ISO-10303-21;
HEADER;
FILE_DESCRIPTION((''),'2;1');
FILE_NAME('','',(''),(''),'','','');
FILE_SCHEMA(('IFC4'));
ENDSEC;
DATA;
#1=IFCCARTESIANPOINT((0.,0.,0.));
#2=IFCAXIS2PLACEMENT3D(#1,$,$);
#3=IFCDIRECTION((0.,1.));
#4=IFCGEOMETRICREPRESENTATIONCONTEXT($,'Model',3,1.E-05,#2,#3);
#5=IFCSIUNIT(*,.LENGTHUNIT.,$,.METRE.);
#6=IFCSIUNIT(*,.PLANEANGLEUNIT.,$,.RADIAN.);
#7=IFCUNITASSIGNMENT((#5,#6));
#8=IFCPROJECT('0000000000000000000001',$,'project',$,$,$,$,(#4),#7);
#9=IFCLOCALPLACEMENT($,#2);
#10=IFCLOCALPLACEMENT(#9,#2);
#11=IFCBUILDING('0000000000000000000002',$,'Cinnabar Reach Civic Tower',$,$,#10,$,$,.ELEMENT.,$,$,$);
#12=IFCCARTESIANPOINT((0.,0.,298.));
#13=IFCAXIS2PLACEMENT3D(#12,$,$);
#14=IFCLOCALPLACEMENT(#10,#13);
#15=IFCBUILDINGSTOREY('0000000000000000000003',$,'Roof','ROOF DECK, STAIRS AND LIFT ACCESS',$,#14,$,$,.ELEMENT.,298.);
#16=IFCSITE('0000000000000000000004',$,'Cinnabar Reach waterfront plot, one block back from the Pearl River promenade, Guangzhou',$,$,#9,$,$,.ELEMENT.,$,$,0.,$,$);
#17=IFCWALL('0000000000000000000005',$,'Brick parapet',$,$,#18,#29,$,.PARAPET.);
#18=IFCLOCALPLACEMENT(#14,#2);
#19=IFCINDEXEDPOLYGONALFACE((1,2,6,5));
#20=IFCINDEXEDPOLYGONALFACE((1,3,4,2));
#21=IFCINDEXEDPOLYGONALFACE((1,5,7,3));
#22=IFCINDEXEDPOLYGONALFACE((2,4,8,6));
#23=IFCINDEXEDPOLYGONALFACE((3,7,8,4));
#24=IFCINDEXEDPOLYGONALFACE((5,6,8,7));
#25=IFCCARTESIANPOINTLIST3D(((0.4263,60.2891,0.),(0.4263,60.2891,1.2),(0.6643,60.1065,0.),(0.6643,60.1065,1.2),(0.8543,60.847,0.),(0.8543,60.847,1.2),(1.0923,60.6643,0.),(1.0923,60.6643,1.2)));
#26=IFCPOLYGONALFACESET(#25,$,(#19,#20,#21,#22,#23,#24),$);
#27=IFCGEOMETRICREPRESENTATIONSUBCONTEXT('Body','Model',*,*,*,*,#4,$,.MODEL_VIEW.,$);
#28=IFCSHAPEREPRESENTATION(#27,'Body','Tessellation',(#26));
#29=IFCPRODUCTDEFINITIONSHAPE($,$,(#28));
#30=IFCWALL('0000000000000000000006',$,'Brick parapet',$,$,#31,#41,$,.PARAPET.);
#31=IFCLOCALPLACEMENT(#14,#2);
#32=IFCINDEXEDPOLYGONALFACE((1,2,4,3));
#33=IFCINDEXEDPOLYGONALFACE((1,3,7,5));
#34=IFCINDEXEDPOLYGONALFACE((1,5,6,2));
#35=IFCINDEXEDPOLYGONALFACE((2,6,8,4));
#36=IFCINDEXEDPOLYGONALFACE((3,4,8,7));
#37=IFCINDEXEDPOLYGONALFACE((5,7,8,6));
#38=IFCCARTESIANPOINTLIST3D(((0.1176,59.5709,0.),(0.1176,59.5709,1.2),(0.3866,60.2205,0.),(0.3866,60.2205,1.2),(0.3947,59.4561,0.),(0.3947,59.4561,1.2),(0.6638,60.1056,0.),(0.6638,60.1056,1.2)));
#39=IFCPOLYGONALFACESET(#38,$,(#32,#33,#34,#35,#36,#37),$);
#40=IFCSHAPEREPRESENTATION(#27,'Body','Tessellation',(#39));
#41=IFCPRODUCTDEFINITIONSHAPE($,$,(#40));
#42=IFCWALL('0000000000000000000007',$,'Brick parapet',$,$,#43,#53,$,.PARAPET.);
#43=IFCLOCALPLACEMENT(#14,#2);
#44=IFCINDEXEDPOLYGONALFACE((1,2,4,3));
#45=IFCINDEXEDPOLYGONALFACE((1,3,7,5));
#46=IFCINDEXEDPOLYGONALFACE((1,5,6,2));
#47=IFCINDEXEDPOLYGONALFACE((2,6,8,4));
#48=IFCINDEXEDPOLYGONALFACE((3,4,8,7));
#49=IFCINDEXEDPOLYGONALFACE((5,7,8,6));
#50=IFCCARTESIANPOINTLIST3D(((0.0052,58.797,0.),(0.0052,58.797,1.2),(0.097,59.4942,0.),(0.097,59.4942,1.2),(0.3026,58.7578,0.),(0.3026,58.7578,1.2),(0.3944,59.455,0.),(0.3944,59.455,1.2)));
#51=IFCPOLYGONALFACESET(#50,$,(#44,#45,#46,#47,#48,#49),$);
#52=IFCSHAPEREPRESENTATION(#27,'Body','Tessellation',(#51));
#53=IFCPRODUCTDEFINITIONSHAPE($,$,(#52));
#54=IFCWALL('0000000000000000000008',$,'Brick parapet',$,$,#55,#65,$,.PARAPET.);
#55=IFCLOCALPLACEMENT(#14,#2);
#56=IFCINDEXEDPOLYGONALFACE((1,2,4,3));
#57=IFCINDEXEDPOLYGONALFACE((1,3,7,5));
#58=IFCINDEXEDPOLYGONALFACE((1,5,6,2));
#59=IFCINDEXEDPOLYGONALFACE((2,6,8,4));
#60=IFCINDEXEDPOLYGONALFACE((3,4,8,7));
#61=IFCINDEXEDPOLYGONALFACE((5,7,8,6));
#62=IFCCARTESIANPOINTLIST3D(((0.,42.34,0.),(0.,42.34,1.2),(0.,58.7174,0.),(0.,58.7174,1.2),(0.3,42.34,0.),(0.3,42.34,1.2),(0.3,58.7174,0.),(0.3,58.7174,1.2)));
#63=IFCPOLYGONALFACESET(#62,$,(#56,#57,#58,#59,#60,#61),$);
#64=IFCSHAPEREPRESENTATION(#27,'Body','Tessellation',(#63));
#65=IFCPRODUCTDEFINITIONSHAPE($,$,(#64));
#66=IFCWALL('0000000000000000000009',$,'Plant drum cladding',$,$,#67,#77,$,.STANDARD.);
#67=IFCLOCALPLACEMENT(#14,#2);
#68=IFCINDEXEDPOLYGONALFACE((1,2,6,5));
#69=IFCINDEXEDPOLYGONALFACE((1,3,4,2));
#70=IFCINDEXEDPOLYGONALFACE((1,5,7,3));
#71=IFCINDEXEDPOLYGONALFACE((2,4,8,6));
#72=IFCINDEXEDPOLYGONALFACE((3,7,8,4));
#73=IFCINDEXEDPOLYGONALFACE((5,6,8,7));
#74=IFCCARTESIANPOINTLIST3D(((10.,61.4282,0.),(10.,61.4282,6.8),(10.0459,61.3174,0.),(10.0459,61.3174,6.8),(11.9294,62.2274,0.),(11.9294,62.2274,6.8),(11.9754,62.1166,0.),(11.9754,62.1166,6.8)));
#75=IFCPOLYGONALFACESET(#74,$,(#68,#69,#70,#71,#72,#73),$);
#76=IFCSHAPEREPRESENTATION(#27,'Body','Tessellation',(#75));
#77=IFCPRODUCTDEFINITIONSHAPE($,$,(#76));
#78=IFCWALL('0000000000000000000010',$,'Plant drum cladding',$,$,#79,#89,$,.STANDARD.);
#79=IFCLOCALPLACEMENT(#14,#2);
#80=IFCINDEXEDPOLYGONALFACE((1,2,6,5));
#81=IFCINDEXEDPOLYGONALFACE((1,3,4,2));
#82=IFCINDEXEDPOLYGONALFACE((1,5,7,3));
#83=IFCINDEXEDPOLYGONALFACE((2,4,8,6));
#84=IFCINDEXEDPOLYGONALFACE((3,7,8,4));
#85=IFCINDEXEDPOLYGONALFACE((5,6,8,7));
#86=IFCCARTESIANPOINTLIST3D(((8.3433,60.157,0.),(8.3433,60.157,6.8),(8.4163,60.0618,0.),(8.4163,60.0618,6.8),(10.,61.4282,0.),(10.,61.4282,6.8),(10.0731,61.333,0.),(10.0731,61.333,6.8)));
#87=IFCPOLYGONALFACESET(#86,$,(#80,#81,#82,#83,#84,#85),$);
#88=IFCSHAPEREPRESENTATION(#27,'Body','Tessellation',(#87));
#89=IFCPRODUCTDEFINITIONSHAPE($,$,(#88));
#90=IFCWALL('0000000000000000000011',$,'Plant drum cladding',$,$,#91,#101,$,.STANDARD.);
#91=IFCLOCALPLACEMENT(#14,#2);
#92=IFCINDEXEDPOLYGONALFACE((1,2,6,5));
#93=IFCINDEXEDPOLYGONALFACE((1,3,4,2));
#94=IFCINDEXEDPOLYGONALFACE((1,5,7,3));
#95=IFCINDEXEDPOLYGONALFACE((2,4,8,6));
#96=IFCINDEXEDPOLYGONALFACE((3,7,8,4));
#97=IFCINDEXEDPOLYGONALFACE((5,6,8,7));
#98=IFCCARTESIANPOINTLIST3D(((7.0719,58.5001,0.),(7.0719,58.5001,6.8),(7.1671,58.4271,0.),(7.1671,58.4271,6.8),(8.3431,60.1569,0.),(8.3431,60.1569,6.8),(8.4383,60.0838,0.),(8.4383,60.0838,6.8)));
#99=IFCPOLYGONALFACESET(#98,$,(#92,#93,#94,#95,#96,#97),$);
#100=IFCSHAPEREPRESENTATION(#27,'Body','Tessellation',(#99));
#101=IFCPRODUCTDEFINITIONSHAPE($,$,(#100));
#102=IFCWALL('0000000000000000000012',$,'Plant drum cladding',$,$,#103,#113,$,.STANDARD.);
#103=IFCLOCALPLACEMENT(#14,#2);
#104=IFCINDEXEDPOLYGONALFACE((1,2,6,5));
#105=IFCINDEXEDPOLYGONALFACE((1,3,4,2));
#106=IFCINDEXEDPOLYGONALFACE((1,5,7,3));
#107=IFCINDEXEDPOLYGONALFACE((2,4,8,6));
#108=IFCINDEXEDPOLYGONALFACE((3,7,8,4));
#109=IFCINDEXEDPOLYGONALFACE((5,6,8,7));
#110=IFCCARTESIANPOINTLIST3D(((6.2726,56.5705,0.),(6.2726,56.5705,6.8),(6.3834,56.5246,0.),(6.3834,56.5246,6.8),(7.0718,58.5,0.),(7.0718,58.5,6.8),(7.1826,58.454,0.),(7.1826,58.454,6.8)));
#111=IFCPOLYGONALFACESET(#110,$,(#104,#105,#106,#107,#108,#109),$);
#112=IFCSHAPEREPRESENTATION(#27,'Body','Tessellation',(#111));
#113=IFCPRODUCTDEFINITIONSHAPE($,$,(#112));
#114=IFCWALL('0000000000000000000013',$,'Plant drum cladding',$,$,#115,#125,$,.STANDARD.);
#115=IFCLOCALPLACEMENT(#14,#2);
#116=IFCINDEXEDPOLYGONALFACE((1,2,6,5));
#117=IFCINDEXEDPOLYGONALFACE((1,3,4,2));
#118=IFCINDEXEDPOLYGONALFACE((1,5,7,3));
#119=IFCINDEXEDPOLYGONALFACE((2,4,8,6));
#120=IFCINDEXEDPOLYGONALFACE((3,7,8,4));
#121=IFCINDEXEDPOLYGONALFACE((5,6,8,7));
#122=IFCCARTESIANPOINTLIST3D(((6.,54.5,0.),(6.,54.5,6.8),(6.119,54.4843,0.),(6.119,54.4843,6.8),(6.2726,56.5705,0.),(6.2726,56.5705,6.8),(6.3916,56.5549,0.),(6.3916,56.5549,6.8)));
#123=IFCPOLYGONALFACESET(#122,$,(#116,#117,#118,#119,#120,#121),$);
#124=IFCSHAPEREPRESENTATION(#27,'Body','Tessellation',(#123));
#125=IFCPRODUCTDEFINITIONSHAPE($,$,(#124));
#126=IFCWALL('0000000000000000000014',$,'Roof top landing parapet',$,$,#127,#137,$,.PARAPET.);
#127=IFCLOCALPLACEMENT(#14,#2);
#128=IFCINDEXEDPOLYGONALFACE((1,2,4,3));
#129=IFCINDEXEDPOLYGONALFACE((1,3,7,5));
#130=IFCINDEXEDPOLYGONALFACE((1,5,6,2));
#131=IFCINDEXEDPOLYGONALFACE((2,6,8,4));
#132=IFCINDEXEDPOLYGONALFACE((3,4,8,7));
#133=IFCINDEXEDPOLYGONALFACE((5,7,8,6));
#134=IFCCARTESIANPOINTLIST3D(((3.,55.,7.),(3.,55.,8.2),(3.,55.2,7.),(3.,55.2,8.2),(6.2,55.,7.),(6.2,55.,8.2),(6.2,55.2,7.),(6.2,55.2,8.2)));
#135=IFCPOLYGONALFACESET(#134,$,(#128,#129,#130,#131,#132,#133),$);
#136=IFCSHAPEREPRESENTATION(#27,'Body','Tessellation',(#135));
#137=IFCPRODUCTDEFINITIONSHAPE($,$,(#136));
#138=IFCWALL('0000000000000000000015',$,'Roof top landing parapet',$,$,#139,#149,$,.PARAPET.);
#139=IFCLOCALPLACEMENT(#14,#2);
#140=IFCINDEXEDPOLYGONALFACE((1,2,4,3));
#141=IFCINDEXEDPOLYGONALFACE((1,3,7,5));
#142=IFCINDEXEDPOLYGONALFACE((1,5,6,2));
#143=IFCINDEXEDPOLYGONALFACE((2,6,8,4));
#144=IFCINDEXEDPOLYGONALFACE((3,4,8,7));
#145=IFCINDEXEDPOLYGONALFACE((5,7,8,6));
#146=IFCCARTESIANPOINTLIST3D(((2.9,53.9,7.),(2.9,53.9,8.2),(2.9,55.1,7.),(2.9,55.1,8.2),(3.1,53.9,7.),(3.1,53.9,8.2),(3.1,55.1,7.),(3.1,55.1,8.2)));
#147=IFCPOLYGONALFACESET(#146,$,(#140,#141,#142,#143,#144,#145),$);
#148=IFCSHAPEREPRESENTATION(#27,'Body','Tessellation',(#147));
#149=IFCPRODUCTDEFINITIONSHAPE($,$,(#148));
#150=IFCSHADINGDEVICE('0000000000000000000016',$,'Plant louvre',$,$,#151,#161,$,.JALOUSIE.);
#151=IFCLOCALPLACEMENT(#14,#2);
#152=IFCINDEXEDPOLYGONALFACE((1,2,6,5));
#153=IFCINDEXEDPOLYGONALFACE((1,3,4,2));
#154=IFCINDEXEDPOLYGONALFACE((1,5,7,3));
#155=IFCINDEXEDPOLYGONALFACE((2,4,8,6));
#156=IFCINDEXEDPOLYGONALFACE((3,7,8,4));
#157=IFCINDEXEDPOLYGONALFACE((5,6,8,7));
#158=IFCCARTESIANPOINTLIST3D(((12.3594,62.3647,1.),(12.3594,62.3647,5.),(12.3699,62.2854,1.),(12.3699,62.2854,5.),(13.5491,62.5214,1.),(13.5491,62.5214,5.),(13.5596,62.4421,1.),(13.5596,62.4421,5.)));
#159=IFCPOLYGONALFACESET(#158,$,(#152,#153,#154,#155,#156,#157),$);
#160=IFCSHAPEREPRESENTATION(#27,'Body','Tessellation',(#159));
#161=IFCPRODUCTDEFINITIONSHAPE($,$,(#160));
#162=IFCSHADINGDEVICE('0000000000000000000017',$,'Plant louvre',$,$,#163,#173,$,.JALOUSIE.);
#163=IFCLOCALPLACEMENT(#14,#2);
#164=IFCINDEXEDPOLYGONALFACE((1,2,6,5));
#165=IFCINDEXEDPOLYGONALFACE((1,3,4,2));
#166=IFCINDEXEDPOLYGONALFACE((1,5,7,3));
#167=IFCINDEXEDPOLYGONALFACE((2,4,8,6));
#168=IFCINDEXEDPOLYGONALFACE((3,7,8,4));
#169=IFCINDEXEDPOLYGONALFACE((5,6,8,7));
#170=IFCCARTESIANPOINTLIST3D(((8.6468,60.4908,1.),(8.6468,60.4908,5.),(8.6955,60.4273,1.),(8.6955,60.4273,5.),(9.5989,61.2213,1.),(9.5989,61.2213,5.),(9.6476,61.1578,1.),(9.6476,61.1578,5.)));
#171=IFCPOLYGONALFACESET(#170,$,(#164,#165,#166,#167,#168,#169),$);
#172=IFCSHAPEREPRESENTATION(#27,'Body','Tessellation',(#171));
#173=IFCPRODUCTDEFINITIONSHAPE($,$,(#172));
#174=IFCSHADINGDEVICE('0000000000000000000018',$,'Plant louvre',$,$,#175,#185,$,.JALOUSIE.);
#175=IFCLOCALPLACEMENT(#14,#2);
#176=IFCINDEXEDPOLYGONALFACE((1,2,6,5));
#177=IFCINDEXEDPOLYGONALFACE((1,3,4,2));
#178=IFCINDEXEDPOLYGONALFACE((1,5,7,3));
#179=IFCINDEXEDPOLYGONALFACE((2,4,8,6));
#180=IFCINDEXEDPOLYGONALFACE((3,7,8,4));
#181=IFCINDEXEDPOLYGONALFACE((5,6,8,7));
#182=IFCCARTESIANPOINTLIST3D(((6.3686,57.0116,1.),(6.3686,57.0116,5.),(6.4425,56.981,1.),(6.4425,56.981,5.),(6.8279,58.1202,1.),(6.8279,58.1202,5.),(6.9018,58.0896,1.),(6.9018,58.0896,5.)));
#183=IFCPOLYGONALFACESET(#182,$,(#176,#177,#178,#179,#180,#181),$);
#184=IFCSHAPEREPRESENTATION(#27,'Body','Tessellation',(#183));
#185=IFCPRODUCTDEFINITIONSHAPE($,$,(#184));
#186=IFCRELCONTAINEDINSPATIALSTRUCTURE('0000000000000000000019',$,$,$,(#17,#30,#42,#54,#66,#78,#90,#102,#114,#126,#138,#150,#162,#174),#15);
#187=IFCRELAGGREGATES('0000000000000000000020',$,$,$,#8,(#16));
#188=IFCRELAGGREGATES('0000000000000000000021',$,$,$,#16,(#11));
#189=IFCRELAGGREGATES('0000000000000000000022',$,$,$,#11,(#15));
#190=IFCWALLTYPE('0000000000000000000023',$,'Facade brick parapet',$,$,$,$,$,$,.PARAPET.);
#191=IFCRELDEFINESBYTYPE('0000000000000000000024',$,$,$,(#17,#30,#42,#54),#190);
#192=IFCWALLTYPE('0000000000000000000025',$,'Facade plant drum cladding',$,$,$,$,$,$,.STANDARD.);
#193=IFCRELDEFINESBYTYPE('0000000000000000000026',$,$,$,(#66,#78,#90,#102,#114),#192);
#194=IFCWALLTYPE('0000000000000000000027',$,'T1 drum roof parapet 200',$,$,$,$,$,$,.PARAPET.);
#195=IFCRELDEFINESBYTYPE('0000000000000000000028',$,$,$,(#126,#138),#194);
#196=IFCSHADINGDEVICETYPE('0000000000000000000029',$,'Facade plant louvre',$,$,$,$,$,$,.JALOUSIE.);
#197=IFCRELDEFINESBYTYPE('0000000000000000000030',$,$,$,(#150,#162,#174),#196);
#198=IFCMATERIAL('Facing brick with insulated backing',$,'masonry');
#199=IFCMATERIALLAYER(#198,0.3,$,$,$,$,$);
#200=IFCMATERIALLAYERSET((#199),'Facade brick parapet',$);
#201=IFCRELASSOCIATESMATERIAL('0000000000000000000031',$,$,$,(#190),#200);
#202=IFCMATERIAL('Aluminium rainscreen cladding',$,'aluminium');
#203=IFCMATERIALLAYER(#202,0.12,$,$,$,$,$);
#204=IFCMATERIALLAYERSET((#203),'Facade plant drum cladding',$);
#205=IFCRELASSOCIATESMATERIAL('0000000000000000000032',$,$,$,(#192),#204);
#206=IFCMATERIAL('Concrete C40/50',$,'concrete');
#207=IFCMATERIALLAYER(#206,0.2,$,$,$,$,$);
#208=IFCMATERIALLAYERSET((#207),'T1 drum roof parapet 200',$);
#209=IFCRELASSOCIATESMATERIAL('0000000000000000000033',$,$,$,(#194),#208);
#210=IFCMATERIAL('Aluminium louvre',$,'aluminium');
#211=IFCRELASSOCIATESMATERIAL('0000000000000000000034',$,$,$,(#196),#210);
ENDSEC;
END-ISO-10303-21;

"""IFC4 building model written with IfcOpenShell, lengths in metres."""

from ifc_helpers import new_model, si_unit, direction, frame, frame_2d, origin, origin_2d, place, context, subcontext, project, spatial, rectangle, extrude, material, layer, layer_set, type_object, element, save


model = new_model("IFC4")

# Units and contexts
model_context = context("Model", 3, precision=1e-05, world=origin(), true_north=direction((0.0, 1.0)))
body_context = subcontext(model_context, "Body", "Model", "MODEL_VIEW")
ifc_project = project(units=[si_unit("LENGTHUNIT", "METRE"), si_unit("PLANEANGLEUNIT", "RADIAN")], contexts=[model_context])

# Site, building, storey
site_placement = place(None, origin())
site = spatial("IfcSite", under=ifc_project, at=site_placement, Name="Cinnabar Reach waterfront plot, one block back from the Pearl River promenade, Guangzhou", CompositionType="ELEMENT", RefElevation=0.0)
building_placement = place(site_placement, origin())
building = spatial("IfcBuilding", under=site, at=building_placement, Name="Cinnabar Reach Civic Tower", CompositionType="ELEMENT")
storey_placement = place(building_placement, frame((0.0, 0.0, 298.0)))
storey = spatial("IfcBuildingStorey", under=building, at=storey_placement, Name="Roof", Description="ROOF DECK, STAIRS AND LIFT ACCESS", CompositionType="ELEMENT", Elevation=298.0)

# Walls
ifc_material_1 = material(Name="Facing brick with insulated backing", Category="masonry")
ifc_layer_1 = layer(ifc_material_1, 0.3)
ifc_layer_set_1 = layer_set([ifc_layer_1], Name="Facade brick parapet")
wall_type_1 = type_object("IfcWallType", Name="Facade brick parapet", PredefinedType="PARAPET", material=ifc_layer_set_1)
for number, where, z_axis, x_axis, name in (
    (1, (0.9733, 60.7556, 0.0), (0.0, 0.0, 1.0), (-0.608748, -0.793364, 0.0), "Brick parapet"),
    (2, (0.5252, 60.163, 0.0), (0.0, 0.0, 1.0), (-0.382716, -0.923866, 0.0), "Brick parapet"),
):
    element("IfcWall", number, at=place(storey_placement, frame(where, z_axis=z_axis, x_axis=x_axis)), inside=storey, type_object=wall_type_1, Name=name, PredefinedType="PARAPET", context=body_context, shape_type="SweptSolid", body=[
        extrude(rectangle(XDim=0.7031, YDim=0.3, at=frame_2d((0.3515, 0.0))), origin(), (0.0, 0.0, 1.0), 1.2),
    ])
wall_1_placement = place(storey_placement, frame((0.2457, 59.4746, 0.0), z_axis=(0.0, 0.0, 1.0), x_axis=(-0.130543, -0.991443, 0.0)))
element("IfcWall", 3, at=wall_1_placement, inside=storey, type_object=wall_type_1, Name="Brick parapet", PredefinedType="PARAPET", context=body_context, shape_type="SweptSolid", body=[
    extrude(rectangle(XDim=0.7032, YDim=0.3, at=frame_2d((0.3516, 0.0))), origin(), (0.0, 0.0, 1.0), 1.2),
])
wall_2_placement = place(storey_placement, frame((0.15, 58.7174, 0.0), z_axis=(0.0, 0.0, 1.0), x_axis=(0.0, -1.0, 0.0)))
element("IfcWall", 4, at=wall_2_placement, inside=storey, type_object=wall_type_1, Name="Brick parapet", PredefinedType="PARAPET", context=body_context, shape_type="SweptSolid", body=[
    extrude(rectangle(XDim=16.3774, YDim=0.3, at=frame_2d((8.1887, 0.0))), origin(), (0.0, 0.0, 1.0), 1.2),
])
ifc_material_2 = material(Name="Aluminium rainscreen cladding", Category="aluminium")
ifc_layer_2 = layer(ifc_material_2, 0.12)
ifc_layer_set_2 = layer_set([ifc_layer_2], Name="Facade plant drum cladding")
wall_type_2 = type_object("IfcWallType", Name="Facade plant drum cladding", PredefinedType="STANDARD", material=ifc_layer_set_2)
wall_3_placement = place(storey_placement, frame((11.9524, 62.172, 0.0), z_axis=(0.0, 0.0, 1.0), x_axis=(-0.923877, -0.38269, 0.0)))
element("IfcWall", 5, at=wall_3_placement, inside=storey, type_object=wall_type_2, Name="Plant drum cladding", PredefinedType="STANDARD", context=body_context, shape_type="SweptSolid", body=[
    extrude(rectangle(XDim=2.0884, YDim=0.12, at=frame_2d((1.0442, 0.0))), origin(), (0.0, 0.0, 1.0), 6.8),
])
for number, where, z_axis, x_axis, name in (
    (6, (10.0365, 61.3806, 0.0), (0.0, 0.0, 1.0), (-0.793355, -0.608759, 0.0), "Plant drum cladding"),
    (7, (8.3907, 60.1203, 0.0), (0.0, 0.0, 1.0), (-0.608759, -0.793355, 0.0), "Plant drum cladding"),
):
    element("IfcWall", number, at=place(storey_placement, frame(where, z_axis=z_axis, x_axis=x_axis)), inside=storey, type_object=wall_type_2, Name=name, PredefinedType="STANDARD", context=body_context, shape_type="SweptSolid", body=[
        extrude(rectangle(XDim=2.0883, YDim=0.12, at=frame_2d((1.0441, 0.0))), origin(), (0.0, 0.0, 1.0), 6.8),
    ])
for number, where, z_axis, x_axis, name in (
    (8, (7.1272, 58.477, 0.0), (0.0, 0.0, 1.0), (-0.38269, -0.923877, 0.0), "Plant drum cladding"),
    (9, (6.3321, 56.5627, 0.0), (0.0, 0.0, 1.0), (-0.130533, -0.991444, 0.0), "Plant drum cladding"),
):
    element("IfcWall", number, at=place(storey_placement, frame(where, z_axis=z_axis, x_axis=x_axis)), inside=storey, type_object=wall_type_2, Name=name, PredefinedType="STANDARD", context=body_context, shape_type="SweptSolid", body=[
        extrude(rectangle(XDim=2.0884, YDim=0.12, at=frame_2d((1.0442, 0.0))), origin(), (0.0, 0.0, 1.0), 6.8),
    ])
ifc_material_3 = material(Name="Concrete C40/50", Category="concrete")
ifc_layer_3 = layer(ifc_material_3, 0.2)
ifc_layer_set_3 = layer_set([ifc_layer_3], Name="T1 drum roof parapet 200")
wall_type_3 = type_object("IfcWallType", Name="T1 drum roof parapet 200", PredefinedType="PARAPET", material=ifc_layer_set_3)
wall_4_placement = place(storey_placement, frame((6.2, 55.1, 7.0), z_axis=(0.0, 0.0, 1.0), x_axis=(-1.0, 0.0, 0.0)))
element("IfcWall", 10, at=wall_4_placement, inside=storey, type_object=wall_type_3, Name="Roof top landing parapet", PredefinedType="PARAPET", context=body_context, shape_type="SweptSolid", body=[
    extrude(rectangle(XDim=3.2, YDim=0.2, at=frame_2d((1.6, 0.0))), origin(), (0.0, 0.0, 1.0), 1.2),
])
wall_5_placement = place(storey_placement, frame((3.0, 55.1, 7.0), z_axis=(0.0, 0.0, 1.0), x_axis=(0.0, -1.0, 0.0)))
element("IfcWall", 11, at=wall_5_placement, inside=storey, type_object=wall_type_3, Name="Roof top landing parapet", PredefinedType="PARAPET", context=body_context, shape_type="SweptSolid", body=[
    extrude(rectangle(XDim=1.2, YDim=0.2, at=frame_2d((0.6, 0.0))), origin(), (0.0, 0.0, 1.0), 1.2),
])

# Shading devices
ifc_material_4 = material(Name="Aluminium louvre", Category="aluminium")
shading_device_type = type_object("IfcShadingDeviceType", Name="Facade plant louvre", PredefinedType="JALOUSIE", material=ifc_material_4)
for number, where, z_axis, x_axis, name in (
    (12, (12.9595, 62.4034, 1.0), (0.0, 0.0, 1.0), (-0.991445, -0.130526, 0.0), "Plant louvre"),
    (13, (9.1472, 60.8243, 1.0), (0.0, 0.0, 1.0), (-0.793353, -0.608761, 0.0), "Plant louvre"),
    (14, (6.6352, 57.5506, 1.0), (0.0, 0.0, 1.0), (-0.382683, -0.92388, 0.0), "Plant louvre"),
):
    element("IfcShadingDevice", number, at=place(storey_placement, frame(where, z_axis=z_axis, x_axis=x_axis)), inside=storey, type_object=shading_device_type, Name=name, PredefinedType="JALOUSIE", context=body_context, shape_type="SweptSolid", body=[
        extrude(rectangle(XDim=1.2, YDim=0.08, at=origin_2d()), origin(), (0.0, 0.0, 1.0), 4.0),
    ])

save(model, "model.ifc")
